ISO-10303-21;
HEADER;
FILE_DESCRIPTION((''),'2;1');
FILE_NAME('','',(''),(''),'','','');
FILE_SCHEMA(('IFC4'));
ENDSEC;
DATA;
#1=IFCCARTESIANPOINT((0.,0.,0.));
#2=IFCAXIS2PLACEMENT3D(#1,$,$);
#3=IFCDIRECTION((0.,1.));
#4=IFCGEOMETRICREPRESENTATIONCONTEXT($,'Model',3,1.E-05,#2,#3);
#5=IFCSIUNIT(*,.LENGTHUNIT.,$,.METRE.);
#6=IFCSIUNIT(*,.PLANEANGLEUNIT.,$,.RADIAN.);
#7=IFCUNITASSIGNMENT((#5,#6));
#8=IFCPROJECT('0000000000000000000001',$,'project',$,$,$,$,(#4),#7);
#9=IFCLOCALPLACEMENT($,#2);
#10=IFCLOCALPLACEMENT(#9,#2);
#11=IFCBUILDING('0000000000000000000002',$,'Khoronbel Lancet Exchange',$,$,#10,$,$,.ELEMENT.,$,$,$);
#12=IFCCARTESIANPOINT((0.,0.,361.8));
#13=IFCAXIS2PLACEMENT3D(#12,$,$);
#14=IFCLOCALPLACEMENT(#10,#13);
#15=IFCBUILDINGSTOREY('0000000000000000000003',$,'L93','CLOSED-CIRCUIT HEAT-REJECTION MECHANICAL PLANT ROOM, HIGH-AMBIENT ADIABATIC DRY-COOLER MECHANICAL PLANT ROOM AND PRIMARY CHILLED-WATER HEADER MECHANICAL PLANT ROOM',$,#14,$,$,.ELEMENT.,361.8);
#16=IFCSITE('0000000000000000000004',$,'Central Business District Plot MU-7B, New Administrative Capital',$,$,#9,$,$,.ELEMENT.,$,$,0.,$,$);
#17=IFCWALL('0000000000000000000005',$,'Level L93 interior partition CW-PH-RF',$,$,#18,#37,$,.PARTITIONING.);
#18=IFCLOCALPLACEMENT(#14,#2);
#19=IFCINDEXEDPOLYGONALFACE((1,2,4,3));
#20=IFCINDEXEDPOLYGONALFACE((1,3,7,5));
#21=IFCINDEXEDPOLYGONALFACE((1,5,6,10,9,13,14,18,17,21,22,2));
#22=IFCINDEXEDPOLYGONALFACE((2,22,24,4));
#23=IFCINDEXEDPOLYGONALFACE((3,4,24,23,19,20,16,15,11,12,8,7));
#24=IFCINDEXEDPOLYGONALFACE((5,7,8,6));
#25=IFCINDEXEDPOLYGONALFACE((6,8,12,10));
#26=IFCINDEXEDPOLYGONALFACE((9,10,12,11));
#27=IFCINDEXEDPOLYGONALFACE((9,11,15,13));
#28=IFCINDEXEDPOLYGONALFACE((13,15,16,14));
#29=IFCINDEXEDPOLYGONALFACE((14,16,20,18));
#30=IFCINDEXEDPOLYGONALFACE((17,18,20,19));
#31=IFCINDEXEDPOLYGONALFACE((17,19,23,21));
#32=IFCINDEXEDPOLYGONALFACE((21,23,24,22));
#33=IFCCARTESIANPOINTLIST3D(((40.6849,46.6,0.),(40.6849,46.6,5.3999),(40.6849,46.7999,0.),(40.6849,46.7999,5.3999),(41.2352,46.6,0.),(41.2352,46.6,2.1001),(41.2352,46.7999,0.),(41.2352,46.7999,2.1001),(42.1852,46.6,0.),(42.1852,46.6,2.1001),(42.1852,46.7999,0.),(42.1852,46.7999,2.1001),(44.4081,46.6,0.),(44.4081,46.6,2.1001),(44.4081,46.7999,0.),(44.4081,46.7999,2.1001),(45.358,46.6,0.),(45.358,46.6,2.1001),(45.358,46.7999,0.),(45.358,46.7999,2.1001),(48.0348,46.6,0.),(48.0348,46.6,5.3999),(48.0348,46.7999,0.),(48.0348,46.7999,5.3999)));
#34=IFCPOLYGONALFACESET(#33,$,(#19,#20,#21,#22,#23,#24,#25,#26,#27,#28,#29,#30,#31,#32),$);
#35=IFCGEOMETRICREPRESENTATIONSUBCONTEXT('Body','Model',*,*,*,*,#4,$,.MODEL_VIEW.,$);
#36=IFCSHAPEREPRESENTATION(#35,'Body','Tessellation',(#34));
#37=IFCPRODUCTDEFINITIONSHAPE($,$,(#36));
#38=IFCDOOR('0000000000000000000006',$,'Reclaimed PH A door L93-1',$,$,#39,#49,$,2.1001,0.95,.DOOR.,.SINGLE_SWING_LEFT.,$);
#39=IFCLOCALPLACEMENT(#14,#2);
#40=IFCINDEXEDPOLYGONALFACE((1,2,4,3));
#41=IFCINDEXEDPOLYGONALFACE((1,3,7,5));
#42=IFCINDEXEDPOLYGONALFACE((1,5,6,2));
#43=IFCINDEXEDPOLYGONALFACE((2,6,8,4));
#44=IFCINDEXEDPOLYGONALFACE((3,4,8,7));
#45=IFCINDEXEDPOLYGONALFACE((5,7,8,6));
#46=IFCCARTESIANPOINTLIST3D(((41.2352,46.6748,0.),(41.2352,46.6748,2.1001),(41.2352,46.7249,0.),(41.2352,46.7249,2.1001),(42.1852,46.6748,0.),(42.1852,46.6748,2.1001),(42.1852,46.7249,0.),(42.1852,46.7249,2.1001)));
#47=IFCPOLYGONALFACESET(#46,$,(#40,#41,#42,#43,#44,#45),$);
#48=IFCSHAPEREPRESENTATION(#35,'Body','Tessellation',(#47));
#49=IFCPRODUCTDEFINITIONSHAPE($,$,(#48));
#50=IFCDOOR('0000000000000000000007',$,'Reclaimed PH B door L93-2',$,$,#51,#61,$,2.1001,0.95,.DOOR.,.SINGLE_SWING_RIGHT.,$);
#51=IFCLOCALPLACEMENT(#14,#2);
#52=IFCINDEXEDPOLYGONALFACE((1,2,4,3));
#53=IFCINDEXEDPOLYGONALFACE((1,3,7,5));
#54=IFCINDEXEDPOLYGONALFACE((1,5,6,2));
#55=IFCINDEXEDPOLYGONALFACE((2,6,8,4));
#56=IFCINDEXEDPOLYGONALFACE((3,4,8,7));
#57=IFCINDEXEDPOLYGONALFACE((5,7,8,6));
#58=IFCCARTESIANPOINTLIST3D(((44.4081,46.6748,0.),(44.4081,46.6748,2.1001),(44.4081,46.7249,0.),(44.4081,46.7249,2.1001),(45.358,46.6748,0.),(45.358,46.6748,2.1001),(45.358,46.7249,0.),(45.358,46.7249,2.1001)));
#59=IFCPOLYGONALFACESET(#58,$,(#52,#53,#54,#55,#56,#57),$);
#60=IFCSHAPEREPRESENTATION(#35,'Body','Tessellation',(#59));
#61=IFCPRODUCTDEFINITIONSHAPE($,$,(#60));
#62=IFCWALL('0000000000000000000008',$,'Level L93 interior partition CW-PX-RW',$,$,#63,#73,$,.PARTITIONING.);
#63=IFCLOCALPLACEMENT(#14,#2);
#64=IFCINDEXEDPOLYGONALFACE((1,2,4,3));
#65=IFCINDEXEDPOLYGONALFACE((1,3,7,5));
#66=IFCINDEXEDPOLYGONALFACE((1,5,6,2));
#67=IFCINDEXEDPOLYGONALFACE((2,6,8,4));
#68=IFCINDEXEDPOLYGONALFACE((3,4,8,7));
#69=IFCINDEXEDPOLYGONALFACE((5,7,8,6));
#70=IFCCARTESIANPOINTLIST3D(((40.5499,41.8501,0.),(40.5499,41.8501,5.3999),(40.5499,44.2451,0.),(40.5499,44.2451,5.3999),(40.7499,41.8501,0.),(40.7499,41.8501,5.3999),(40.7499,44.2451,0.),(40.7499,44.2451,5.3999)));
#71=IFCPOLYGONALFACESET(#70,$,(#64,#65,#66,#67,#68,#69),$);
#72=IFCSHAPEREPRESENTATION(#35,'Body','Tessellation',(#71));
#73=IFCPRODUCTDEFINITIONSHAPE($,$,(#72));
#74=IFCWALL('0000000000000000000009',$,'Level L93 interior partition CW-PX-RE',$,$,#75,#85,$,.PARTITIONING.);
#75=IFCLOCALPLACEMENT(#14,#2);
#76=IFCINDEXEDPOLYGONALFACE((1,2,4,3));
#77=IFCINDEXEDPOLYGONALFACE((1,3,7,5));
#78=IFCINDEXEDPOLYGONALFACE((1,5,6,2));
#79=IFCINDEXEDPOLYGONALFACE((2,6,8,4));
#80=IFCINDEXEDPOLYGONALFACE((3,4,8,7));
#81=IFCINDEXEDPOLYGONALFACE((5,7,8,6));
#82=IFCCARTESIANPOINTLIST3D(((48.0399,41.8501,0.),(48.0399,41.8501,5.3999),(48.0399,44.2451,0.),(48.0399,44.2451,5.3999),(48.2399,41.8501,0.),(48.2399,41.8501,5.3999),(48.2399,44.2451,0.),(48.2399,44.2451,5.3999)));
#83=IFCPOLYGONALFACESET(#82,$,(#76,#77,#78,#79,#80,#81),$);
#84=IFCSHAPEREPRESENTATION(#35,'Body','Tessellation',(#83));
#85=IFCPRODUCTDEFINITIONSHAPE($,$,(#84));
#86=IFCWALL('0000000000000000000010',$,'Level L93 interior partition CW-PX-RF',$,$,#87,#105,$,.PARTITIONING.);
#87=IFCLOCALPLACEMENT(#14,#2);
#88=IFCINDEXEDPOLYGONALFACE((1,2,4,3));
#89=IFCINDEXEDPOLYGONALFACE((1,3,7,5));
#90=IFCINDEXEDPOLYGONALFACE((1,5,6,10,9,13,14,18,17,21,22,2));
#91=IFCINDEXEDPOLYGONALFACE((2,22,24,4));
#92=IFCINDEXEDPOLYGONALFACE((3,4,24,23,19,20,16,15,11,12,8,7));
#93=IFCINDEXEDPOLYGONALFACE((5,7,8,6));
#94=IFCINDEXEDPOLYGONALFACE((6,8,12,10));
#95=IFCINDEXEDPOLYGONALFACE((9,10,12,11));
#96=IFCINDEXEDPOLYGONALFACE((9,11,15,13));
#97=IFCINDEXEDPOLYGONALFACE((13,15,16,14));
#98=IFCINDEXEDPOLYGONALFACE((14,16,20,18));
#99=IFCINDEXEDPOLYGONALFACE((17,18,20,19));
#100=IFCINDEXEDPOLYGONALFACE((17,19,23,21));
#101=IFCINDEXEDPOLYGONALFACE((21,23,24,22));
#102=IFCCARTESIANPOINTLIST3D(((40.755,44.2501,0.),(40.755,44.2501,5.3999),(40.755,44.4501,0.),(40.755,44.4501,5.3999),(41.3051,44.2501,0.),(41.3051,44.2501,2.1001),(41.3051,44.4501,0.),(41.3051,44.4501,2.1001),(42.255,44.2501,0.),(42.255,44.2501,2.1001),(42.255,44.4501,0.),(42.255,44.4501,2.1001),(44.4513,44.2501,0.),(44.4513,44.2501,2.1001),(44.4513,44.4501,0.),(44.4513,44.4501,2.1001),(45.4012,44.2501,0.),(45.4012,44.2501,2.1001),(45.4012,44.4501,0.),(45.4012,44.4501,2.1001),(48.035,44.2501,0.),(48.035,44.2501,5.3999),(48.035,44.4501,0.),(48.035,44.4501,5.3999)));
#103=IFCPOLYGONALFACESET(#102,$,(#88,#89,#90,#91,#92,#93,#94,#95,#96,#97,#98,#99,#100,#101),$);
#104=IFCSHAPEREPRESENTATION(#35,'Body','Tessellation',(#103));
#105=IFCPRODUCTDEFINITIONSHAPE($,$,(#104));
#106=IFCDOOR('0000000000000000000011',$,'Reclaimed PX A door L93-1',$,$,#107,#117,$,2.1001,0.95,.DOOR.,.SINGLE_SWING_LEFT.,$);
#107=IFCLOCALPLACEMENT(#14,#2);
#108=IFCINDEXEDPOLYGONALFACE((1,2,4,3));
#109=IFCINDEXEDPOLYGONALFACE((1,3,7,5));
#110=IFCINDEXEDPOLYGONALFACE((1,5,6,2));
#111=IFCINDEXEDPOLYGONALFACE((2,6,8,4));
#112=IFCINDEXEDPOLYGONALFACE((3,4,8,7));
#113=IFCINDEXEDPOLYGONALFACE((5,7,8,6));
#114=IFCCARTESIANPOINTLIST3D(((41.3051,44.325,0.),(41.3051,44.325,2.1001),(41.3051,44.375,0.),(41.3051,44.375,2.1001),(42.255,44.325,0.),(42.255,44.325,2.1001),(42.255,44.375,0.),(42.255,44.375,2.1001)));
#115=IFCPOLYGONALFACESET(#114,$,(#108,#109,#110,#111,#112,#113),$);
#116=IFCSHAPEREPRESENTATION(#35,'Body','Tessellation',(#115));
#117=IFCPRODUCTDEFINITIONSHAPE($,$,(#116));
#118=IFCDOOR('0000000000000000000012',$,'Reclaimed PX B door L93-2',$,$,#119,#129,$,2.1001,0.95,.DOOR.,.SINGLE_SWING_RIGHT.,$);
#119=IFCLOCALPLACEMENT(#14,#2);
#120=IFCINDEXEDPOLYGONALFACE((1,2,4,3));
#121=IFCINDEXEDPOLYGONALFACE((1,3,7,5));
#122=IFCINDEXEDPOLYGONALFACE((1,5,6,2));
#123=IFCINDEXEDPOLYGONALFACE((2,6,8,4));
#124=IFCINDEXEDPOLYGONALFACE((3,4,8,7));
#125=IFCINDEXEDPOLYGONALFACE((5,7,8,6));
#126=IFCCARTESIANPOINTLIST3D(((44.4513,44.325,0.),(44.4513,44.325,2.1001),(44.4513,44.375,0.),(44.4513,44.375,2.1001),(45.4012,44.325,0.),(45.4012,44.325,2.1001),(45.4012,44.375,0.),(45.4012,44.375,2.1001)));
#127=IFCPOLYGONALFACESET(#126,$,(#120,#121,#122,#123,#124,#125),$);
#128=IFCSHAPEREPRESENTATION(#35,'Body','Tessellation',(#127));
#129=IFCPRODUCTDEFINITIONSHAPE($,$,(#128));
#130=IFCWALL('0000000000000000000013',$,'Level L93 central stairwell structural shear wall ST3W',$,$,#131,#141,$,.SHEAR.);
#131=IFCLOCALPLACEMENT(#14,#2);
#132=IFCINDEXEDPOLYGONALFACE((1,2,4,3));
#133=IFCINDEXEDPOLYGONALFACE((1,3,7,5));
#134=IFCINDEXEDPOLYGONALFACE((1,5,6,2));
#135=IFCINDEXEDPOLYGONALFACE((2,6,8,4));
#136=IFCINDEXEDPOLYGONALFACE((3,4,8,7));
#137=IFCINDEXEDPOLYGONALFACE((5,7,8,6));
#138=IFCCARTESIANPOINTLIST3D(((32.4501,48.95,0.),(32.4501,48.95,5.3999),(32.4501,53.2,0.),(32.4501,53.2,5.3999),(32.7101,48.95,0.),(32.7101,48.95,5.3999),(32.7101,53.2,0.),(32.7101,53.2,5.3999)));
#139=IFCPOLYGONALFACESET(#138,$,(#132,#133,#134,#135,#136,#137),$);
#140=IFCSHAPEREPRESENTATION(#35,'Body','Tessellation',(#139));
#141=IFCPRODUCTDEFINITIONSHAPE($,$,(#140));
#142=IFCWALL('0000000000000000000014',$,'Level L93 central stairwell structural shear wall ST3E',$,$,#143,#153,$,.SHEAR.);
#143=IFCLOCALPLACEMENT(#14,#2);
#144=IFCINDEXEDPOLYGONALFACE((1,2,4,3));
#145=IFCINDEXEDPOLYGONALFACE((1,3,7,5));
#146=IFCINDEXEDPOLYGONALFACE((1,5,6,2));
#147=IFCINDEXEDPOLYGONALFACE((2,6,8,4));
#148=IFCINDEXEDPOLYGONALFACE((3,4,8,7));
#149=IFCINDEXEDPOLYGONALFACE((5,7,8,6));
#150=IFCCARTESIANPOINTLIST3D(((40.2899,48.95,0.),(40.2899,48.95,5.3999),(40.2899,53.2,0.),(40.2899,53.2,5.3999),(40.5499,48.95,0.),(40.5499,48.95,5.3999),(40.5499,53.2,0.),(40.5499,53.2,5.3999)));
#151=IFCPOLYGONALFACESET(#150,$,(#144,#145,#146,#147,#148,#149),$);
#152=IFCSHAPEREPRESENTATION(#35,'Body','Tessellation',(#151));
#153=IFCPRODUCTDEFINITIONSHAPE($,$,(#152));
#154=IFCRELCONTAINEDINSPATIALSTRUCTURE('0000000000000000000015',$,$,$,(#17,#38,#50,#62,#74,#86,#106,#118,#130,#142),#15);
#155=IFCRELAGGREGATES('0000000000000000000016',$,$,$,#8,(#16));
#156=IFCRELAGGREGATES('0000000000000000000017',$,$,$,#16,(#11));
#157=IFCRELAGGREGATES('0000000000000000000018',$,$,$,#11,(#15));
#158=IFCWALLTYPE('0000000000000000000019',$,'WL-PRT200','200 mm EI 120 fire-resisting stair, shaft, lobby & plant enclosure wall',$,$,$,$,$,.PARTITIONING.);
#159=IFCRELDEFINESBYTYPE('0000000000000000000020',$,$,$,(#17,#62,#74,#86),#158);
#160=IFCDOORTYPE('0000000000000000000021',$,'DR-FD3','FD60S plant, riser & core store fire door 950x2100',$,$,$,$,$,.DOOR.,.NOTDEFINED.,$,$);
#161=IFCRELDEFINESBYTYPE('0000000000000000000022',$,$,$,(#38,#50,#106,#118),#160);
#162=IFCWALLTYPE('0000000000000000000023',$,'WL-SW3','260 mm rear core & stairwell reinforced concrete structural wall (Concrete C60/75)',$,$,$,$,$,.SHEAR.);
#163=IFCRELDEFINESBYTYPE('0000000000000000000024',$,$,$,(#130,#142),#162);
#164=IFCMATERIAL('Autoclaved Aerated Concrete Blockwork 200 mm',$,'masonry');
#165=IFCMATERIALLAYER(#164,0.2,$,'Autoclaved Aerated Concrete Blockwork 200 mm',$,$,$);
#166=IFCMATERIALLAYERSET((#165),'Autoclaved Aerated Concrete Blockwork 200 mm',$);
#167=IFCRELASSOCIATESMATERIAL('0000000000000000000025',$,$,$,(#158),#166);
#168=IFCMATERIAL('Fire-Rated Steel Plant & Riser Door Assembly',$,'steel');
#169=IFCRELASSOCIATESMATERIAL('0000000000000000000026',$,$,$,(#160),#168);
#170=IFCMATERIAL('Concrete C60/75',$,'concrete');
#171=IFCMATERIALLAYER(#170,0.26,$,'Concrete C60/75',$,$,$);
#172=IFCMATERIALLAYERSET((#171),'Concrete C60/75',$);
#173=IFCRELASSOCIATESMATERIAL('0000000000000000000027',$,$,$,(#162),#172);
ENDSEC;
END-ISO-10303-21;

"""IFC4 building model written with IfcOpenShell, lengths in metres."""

from ifc_helpers import new_model, si_unit, direction, frame, frame_2d, origin, place, context, subcontext, project, spatial, rectangle, extrude, material, layer, layer_set, type_object, element, fill, save


model = new_model("IFC4")

# Units and contexts
model_context = context("Model", 3, precision=1e-05, world=origin(), true_north=direction((0.0, 1.0)))
body_context = subcontext(model_context, "Body", "Model", "MODEL_VIEW")
ifc_project = project(units=[si_unit("LENGTHUNIT", "METRE"), si_unit("PLANEANGLEUNIT", "RADIAN")], contexts=[model_context])

# Site, building, storey
site_placement = place(None, origin())
site = spatial("IfcSite", under=ifc_project, at=site_placement, Name="Central Business District Plot MU-7B, New Administrative Capital", CompositionType="ELEMENT", RefElevation=0.0)
building_placement = place(site_placement, origin())
building = spatial("IfcBuilding", under=site, at=building_placement, Name="Khoronbel Lancet Exchange", CompositionType="ELEMENT")
storey_placement = place(building_placement, frame((0.0, 0.0, 361.8)))
storey = spatial("IfcBuildingStorey", under=building, at=storey_placement, Name="L93", Description="CLOSED-CIRCUIT HEAT-REJECTION MECHANICAL PLANT ROOM, HIGH-AMBIENT ADIABATIC DRY-COOLER MECHANICAL PLANT ROOM AND PRIMARY CHILLED-WATER HEADER MECHANICAL PLANT ROOM", CompositionType="ELEMENT", Elevation=361.8)

# Shared definitions
ifc_material_1 = material(Name="Autoclaved Aerated Concrete Blockwork 200 mm", Category="masonry")
ifc_layer_1 = layer(ifc_material_1, 0.2, Name="Autoclaved Aerated Concrete Blockwork 200 mm")
ifc_layer_set_1 = layer_set([ifc_layer_1], Name="Autoclaved Aerated Concrete Blockwork 200 mm")
wall_type_1 = type_object("IfcWallType", Name="WL-PRT200", Description="200 mm EI 120 fire-resisting stair, shaft, lobby & plant enclosure wall", PredefinedType="PARTITIONING", material=ifc_layer_set_1)

# Wall, openings, doors
wall_1_placement = place(storey_placement, frame((40.6851, 46.7, 0.0), z_axis=(0.0, 0.0, 1.0), x_axis=(1.0, 0.0, 0.0)))
wall_1 = element("IfcWall", 1, at=wall_1_placement, inside=storey, type_object=wall_type_1, Name="Level L93 interior partition CW-PH-RF", PredefinedType="PARTITIONING", context=body_context, shape_type="SweptSolid", body=[
    extrude(rectangle(XDim=7.3499, YDim=0.2, at=frame_2d((3.6748, 0.0))), origin(), (0.0, 0.0, 1.0), 5.3999),
])
opening_1_placement = place(wall_1_placement, frame((0.55, 0.0, 0.0)))
opening_1 = element("IfcOpeningElement", 2, at=opening_1_placement, cuts=wall_1, PredefinedType="OPENING", context=body_context, shape_type="SweptSolid", body=[
    extrude(rectangle(XDim=0.95, YDim=2.1001, at=frame_2d((0.4751, 1.05))), frame((0.0, 0.1099, 0.0), z_axis=(0.0, -1.0, 0.0), x_axis=(1.0, 0.0, 0.0)), (0.0, 0.0, 1.0), 0.22),
])
opening_2_placement = place(wall_1_placement, frame((3.7229, 0.0, 0.0)))
opening_2 = element("IfcOpeningElement", 3, at=opening_2_placement, cuts=wall_1, PredefinedType="OPENING", context=body_context, shape_type="SweptSolid", body=[
    extrude(rectangle(XDim=0.95, YDim=2.1001, at=frame_2d((0.4751, 1.05))), frame((0.0, 0.1099, 0.0), z_axis=(0.0, -1.0, 0.0), x_axis=(1.0, 0.0, 0.0)), (0.0, 0.0, 1.0), 0.22),
])
ifc_material_2 = material(Name="Fire-Rated Steel Plant & Riser Door Assembly", Category="steel")
door_type = type_object("IfcDoorType", Name="DR-FD3", Description="FD60S plant, riser & core store fire door 950x2100", OperationType="NOTDEFINED", PredefinedType="DOOR", material=ifc_material_2)
door_1_placement = place(opening_1_placement, origin())
door_1 = element("IfcDoor", 4, at=door_1_placement, inside=storey, type_object=door_type, Name="Reclaimed PH A door L93-1", OperationType="SINGLE_SWING_LEFT", OverallHeight=2.1001, OverallWidth=0.95, PredefinedType="DOOR", context=body_context, shape_type="SweptSolid", body=[
    extrude(rectangle(XDim=0.95, YDim=2.1001, at=frame_2d((0.4751, 1.05))), frame((0.0, 0.0249, 0.0), z_axis=(0.0, -1.0, 0.0), x_axis=(1.0, 0.0, 0.0)), (0.0, 0.0, 1.0), 0.05),
])
fill(opening_1, door_1)
door_2_placement = place(opening_2_placement, origin())
door_2 = element("IfcDoor", 5, at=door_2_placement, inside=storey, type_object=door_type, Name="Reclaimed PH B door L93-2", OperationType="SINGLE_SWING_RIGHT", OverallHeight=2.1001, OverallWidth=0.95, PredefinedType="DOOR", context=body_context, shape_type="SweptSolid", body=[
    extrude(rectangle(XDim=0.95, YDim=2.1001, at=frame_2d((0.4751, 1.05))), frame((0.0, 0.0249, 0.0), z_axis=(0.0, -1.0, 0.0), x_axis=(1.0, 0.0, 0.0)), (0.0, 0.0, 1.0), 0.05),
])
fill(opening_2, door_2)

# Walls
for number, where, z_axis, x_axis, name in (
    (6, (40.6499, 41.8501, 0.0), (0.0, 0.0, 1.0), (0.0, 1.0, 0.0), "Level L93 interior partition CW-PX-RW"),
    (7, (48.1399, 41.8501, 0.0), (0.0, 0.0, 1.0), (0.0, 1.0, 0.0), "Level L93 interior partition CW-PX-RE"),
):
    element("IfcWall", number, at=place(storey_placement, frame(where, z_axis=z_axis, x_axis=x_axis)), inside=storey, type_object=wall_type_1, Name=name, PredefinedType="PARTITIONING", context=body_context, shape_type="SweptSolid", body=[
        extrude(rectangle(XDim=2.395, YDim=0.2, at=frame_2d((1.1975, 0.0))), origin(), (0.0, 0.0, 1.0), 5.3999),
    ])

# Wall, openings, doors
wall_2_placement = place(storey_placement, frame((40.7549, 44.3501, 0.0), z_axis=(0.0, 0.0, 1.0), x_axis=(1.0, 0.0, 0.0)))
wall_2 = element("IfcWall", 8, at=wall_2_placement, inside=storey, type_object=wall_type_1, Name="Level L93 interior partition CW-PX-RF", PredefinedType="PARTITIONING", context=body_context, shape_type="SweptSolid", body=[
    extrude(rectangle(XDim=7.28, YDim=0.2, at=frame_2d((3.6401, 0.0))), origin(), (0.0, 0.0, 1.0), 5.3999),
])
opening_3_placement = place(wall_2_placement, frame((0.55, 0.0, 0.0)))
opening_3 = element("IfcOpeningElement", 9, at=opening_3_placement, cuts=wall_2, PredefinedType="OPENING", context=body_context, shape_type="SweptSolid", body=[
    extrude(rectangle(XDim=0.95, YDim=2.1001, at=frame_2d((0.4751, 1.05))), frame((0.0, 0.1099, 0.0), z_axis=(0.0, -1.0, 0.0), x_axis=(1.0, 0.0, 0.0)), (0.0, 0.0, 1.0), 0.22),
])
opening_4_placement = place(wall_2_placement, frame((3.6963, 0.0, 0.0)))
opening_4 = element("IfcOpeningElement", 10, at=opening_4_placement, cuts=wall_2, PredefinedType="OPENING", context=body_context, shape_type="SweptSolid", body=[
    extrude(rectangle(XDim=0.95, YDim=2.1001, at=frame_2d((0.4751, 1.05))), frame((0.0, 0.1099, 0.0), z_axis=(0.0, -1.0, 0.0), x_axis=(1.0, 0.0, 0.0)), (0.0, 0.0, 1.0), 0.22),
])
door_3_placement = place(opening_3_placement, origin())
door_3 = element("IfcDoor", 11, at=door_3_placement, inside=storey, type_object=door_type, Name="Reclaimed PX A door L93-1", OperationType="SINGLE_SWING_LEFT", OverallHeight=2.1001, OverallWidth=0.95, PredefinedType="DOOR", context=body_context, shape_type="SweptSolid", body=[
    extrude(rectangle(XDim=0.95, YDim=2.1001, at=frame_2d((0.4751, 1.05))), frame((0.0, 0.0249, 0.0), z_axis=(0.0, -1.0, 0.0), x_axis=(1.0, 0.0, 0.0)), (0.0, 0.0, 1.0), 0.05),
])
fill(opening_3, door_3)
door_4_placement = place(opening_4_placement, origin())
door_4 = element("IfcDoor", 12, at=door_4_placement, inside=storey, type_object=door_type, Name="Reclaimed PX B door L93-2", OperationType="SINGLE_SWING_RIGHT", OverallHeight=2.1001, OverallWidth=0.95, PredefinedType="DOOR", context=body_context, shape_type="SweptSolid", body=[
    extrude(rectangle(XDim=0.95, YDim=2.1001, at=frame_2d((0.4751, 1.05))), frame((0.0, 0.0249, 0.0), z_axis=(0.0, -1.0, 0.0), x_axis=(1.0, 0.0, 0.0)), (0.0, 0.0, 1.0), 0.05),
])
fill(opening_4, door_4)

# Walls
ifc_material_3 = material(Name="Concrete C60/75", Category="concrete")
ifc_layer_2 = layer(ifc_material_3, 0.26, Name="Concrete C60/75")
ifc_layer_set_2 = layer_set([ifc_layer_2], Name="Concrete C60/75")
wall_type_2 = type_object("IfcWallType", Name="WL-SW3", Description="260 mm rear core & stairwell reinforced concrete structural wall (Concrete C60/75)", PredefinedType="SHEAR", material=ifc_layer_set_2)
for number, where, z_axis, x_axis, name in (
    (13, (32.5801, 48.95, 0.0), (0.0, 0.0, 1.0), (0.0, 1.0, 0.0), "Level L93 central stairwell structural shear wall ST3W"),
    (14, (40.4199, 48.95, 0.0), (0.0, 0.0, 1.0), (0.0, 1.0, 0.0), "Level L93 central stairwell structural shear wall ST3E"),
):
    element("IfcWall", number, at=place(storey_placement, frame(where, z_axis=z_axis, x_axis=x_axis)), inside=storey, type_object=wall_type_2, Name=name, PredefinedType="SHEAR", context=body_context, shape_type="SweptSolid", body=[
        extrude(rectangle(XDim=4.25, YDim=0.26, at=frame_2d((2.125, 0.0))), origin(), (0.0, 0.0, 1.0), 5.3999),
    ])

save(model, "model.ifc")
